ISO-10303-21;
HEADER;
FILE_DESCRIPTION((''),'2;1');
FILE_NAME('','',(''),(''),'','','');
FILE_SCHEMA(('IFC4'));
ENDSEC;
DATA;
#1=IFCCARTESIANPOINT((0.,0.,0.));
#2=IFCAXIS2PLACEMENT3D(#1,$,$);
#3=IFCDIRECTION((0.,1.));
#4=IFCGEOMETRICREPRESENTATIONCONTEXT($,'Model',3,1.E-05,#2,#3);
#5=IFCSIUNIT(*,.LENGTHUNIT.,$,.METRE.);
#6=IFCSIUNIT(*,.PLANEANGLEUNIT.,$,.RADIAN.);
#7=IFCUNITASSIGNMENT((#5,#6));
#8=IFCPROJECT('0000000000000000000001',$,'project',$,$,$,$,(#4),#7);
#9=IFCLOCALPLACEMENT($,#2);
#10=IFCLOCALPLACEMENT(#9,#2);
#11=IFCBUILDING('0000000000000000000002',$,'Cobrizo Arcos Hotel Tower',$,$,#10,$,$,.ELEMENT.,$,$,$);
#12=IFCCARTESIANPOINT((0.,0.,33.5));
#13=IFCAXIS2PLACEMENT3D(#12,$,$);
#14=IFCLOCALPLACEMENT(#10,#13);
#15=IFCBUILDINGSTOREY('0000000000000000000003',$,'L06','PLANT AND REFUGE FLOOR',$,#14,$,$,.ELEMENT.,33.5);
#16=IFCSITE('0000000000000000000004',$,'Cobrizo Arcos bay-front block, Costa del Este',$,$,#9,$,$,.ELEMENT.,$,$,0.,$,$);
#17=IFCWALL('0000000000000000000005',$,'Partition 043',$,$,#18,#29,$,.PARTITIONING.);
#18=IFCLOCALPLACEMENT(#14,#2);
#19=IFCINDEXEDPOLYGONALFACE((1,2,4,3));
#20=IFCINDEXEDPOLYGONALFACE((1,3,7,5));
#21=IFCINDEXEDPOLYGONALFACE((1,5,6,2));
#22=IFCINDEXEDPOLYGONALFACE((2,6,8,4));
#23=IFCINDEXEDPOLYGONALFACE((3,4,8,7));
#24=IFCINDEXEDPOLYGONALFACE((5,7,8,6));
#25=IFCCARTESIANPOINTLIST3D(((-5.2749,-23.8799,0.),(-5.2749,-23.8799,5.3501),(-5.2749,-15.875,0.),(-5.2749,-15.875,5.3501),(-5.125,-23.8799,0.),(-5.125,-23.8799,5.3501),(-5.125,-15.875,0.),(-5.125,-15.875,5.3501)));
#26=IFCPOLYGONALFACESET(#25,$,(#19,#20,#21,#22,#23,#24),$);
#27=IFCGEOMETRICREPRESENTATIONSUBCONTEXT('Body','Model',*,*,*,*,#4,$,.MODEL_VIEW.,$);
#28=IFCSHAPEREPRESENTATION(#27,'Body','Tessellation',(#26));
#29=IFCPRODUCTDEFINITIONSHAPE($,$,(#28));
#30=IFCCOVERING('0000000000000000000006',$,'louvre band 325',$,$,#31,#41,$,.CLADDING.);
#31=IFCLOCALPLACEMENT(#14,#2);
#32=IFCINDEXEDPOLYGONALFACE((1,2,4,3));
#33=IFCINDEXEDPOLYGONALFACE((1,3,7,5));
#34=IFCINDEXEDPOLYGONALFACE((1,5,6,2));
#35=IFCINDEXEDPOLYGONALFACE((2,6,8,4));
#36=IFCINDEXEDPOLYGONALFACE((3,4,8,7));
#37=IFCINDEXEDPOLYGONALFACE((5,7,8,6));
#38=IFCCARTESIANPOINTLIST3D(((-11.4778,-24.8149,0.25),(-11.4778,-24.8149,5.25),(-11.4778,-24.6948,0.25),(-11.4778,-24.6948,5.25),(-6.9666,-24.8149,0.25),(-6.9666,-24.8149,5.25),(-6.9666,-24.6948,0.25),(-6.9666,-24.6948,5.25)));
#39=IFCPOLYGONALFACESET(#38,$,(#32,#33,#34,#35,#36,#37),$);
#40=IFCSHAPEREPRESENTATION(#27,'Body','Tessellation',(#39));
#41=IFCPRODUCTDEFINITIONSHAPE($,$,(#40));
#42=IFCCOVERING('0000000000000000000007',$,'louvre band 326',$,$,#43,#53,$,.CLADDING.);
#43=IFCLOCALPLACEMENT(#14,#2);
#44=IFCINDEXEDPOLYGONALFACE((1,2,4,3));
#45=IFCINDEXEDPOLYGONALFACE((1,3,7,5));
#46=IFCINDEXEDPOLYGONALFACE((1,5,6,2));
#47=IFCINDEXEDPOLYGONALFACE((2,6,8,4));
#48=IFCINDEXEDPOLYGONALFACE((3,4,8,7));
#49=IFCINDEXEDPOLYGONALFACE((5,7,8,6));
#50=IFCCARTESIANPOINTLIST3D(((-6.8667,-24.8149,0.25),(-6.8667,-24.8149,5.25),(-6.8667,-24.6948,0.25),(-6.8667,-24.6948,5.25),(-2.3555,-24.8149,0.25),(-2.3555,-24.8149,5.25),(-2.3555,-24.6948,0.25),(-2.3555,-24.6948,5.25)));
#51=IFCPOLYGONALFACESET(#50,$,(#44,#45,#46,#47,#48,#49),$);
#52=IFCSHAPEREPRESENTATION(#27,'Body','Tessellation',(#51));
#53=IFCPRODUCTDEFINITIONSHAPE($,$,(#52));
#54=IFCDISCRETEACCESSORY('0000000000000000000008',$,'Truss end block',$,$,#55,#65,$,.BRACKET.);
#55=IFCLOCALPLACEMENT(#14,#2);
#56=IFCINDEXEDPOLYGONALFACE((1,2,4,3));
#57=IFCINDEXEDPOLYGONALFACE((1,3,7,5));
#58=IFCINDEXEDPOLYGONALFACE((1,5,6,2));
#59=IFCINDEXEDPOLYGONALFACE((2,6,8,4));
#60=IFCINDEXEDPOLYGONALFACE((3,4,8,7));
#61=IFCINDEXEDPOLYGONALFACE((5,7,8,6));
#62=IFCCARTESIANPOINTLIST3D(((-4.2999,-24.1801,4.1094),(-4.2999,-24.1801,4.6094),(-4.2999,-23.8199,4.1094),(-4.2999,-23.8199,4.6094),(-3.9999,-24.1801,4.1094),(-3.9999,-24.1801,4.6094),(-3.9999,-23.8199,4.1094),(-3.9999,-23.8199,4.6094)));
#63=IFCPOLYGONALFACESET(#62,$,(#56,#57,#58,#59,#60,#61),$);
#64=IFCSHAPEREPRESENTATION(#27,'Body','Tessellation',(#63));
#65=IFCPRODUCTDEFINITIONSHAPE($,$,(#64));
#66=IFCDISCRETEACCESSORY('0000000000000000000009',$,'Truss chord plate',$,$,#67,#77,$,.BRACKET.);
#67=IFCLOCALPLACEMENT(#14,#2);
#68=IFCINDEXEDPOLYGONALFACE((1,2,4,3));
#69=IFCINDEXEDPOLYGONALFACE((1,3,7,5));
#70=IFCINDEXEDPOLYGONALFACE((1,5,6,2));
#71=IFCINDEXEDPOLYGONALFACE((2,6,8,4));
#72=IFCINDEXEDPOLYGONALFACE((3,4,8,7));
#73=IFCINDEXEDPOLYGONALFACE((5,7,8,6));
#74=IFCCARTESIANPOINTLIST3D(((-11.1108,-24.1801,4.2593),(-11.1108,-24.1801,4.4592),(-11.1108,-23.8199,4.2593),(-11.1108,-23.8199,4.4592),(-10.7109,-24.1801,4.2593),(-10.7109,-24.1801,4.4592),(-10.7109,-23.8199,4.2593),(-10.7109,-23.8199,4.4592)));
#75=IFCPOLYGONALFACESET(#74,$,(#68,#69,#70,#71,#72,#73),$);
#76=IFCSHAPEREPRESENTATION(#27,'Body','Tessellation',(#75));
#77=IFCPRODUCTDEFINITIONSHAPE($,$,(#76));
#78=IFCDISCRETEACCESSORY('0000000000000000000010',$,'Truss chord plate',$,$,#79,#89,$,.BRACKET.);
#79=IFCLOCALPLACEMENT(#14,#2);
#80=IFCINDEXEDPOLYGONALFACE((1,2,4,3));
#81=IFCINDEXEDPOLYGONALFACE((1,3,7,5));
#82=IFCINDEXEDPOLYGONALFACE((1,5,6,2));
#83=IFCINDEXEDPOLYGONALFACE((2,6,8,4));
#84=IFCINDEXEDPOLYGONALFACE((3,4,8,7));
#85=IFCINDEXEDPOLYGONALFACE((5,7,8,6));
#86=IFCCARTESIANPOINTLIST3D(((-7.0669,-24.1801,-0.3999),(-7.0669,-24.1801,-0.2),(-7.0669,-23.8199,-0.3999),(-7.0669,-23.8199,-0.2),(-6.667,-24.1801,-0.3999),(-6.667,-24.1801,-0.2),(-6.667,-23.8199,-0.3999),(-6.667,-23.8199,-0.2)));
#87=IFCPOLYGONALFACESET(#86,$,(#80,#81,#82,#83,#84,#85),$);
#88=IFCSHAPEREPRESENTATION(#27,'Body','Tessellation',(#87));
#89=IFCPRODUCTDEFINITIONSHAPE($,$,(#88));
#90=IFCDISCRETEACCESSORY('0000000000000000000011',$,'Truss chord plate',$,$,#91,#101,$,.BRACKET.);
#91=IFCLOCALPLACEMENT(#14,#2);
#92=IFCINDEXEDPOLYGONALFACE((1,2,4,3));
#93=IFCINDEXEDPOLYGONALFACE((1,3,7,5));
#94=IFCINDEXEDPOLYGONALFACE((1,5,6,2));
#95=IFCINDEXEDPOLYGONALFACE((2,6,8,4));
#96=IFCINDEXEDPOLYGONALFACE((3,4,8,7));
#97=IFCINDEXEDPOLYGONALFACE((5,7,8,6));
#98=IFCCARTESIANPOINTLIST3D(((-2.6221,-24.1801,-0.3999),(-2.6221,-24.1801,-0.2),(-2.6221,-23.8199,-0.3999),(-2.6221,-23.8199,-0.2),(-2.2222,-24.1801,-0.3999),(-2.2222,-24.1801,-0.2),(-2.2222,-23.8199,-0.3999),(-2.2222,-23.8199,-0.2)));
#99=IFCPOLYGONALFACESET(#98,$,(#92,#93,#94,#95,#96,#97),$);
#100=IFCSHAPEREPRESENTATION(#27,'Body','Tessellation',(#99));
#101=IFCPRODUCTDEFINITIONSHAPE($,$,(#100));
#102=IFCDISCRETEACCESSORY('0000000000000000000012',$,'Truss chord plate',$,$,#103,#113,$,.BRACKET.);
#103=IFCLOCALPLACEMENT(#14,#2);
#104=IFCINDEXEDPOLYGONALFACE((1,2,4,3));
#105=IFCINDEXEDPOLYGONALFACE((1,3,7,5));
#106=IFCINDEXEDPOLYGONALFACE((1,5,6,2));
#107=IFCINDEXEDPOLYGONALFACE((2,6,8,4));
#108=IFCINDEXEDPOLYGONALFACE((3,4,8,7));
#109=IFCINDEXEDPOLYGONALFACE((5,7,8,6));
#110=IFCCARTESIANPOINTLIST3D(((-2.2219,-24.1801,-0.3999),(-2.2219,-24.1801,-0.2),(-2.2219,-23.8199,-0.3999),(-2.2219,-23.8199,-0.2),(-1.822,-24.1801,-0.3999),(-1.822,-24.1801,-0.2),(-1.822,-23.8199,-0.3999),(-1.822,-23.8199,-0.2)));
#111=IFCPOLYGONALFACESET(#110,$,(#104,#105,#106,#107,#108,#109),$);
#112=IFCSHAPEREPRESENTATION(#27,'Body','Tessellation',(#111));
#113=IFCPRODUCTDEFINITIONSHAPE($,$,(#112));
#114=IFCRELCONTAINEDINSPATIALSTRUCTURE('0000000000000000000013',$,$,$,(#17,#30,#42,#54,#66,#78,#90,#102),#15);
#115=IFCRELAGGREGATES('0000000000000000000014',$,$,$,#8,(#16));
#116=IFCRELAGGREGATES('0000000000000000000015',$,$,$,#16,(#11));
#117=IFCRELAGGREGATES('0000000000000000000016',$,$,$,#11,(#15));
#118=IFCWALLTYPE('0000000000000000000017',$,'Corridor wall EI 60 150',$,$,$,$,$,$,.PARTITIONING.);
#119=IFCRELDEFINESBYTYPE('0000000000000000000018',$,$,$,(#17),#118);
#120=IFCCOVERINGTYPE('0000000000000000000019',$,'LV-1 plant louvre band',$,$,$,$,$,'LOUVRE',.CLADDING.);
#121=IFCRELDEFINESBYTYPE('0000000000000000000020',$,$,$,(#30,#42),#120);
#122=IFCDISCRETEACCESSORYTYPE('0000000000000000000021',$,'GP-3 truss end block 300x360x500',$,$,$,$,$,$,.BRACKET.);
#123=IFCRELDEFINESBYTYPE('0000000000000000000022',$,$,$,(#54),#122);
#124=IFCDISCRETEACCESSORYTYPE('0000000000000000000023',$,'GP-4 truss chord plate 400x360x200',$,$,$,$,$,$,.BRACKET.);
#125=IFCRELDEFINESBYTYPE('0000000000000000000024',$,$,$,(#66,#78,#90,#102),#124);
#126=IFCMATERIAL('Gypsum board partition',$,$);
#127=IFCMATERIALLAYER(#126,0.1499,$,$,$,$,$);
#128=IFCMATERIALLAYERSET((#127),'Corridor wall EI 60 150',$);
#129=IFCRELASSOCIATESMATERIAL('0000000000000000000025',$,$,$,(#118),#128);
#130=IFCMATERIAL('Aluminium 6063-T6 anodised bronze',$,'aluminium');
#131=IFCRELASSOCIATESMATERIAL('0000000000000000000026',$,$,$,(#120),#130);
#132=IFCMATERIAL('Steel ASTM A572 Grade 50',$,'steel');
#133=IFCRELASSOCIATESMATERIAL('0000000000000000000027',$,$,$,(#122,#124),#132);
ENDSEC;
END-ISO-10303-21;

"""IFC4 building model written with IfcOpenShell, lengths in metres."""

from ifc_helpers import new_model, si_unit, direction, frame, frame_2d, origin, origin_2d, place, context, subcontext, project, spatial, rectangle, extrude, material, layer, layer_set, type_object, element, save


model = new_model("IFC4")

# Units and contexts
model_context = context("Model", 3, precision=1e-05, world=origin(), true_north=direction((0.0, 1.0)))
body_context = subcontext(model_context, "Body", "Model", "MODEL_VIEW")
ifc_project = project(units=[si_unit("LENGTHUNIT", "METRE"), si_unit("PLANEANGLEUNIT", "RADIAN")], contexts=[model_context])

# Site, building, storey
site_placement = place(None, origin())
site = spatial("IfcSite", under=ifc_project, at=site_placement, Name="Cobrizo Arcos bay-front block, Costa del Este", CompositionType="ELEMENT", RefElevation=0.0)
building_placement = place(site_placement, origin())
building = spatial("IfcBuilding", under=site, at=building_placement, Name="Cobrizo Arcos Hotel Tower", CompositionType="ELEMENT")
storey_placement = place(building_placement, frame((0.0, 0.0, 33.5)))
storey = spatial("IfcBuildingStorey", under=building, at=storey_placement, Name="L06", Description="PLANT AND REFUGE FLOOR", CompositionType="ELEMENT", Elevation=33.5)

# Shared definitions
ifc_material_1 = material(Name="Steel ASTM A572 Grade 50", Category="steel")

# Shared definitions
ifc_material_2 = material(Name="Aluminium 6063-T6 anodised bronze", Category="aluminium")

# Wall
ifc_material_3 = material(Name="Gypsum board partition")
ifc_layer_1 = layer(ifc_material_3, 0.1499)
ifc_layer_set_1 = layer_set([ifc_layer_1], Name="Corridor wall EI 60 150")
wall_type = type_object("IfcWallType", Name="Corridor wall EI 60 150", PredefinedType="PARTITIONING", material=ifc_layer_set_1)
wall_placement = place(storey_placement, frame((-5.2, -23.8799, 0.0), z_axis=(0.0, 0.0, 1.0), x_axis=(0.0, 1.0, 0.0)))
element("IfcWall", 1, at=wall_placement, inside=storey, type_object=wall_type, Name="Partition 043", PredefinedType="PARTITIONING", context=body_context, shape_type="SweptSolid", body=[
    extrude(rectangle(XDim=8.0049, YDim=0.1499, at=frame_2d((4.0024, 0.0))), origin(), (0.0, 0.0, 1.0), 5.3501),
])

# Coverings
covering_type = type_object("IfcCoveringType", Name="LV-1 plant louvre band", ElementType="LOUVRE", PredefinedType="CLADDING", material=ifc_material_2)
for number, where, z_axis, x_axis, name in (
    (2, (-9.2222, -24.7549, 0.25), (0.0, 0.0, 1.0), (1.0, 0.0, 0.0), "louvre band 325"),
    (3, (-4.6111, -24.7549, 0.25), (0.0, 0.0, 1.0), (1.0, 0.0, 0.0), "louvre band 326"),
):
    element("IfcCovering", number, at=place(storey_placement, frame(where, z_axis=z_axis, x_axis=x_axis)), inside=storey, type_object=covering_type, Name=name, PredefinedType="CLADDING", context=body_context, shape_type="SweptSolid", body=[
        extrude(rectangle(XDim=4.5112, YDim=0.1201, at=origin_2d()), origin(), (0.0, 0.0, 1.0), 5.0),
    ])

# Discrete accessories
discrete_accessory_type_1 = type_object("IfcDiscreteAccessoryType", Name="GP-3 truss end block 300x360x500", PredefinedType="BRACKET", material=ifc_material_1)
discrete_accessory_placement = place(storey_placement, frame((-4.1499, -24.0, 4.1094), z_axis=(0.0, 0.0, 1.0), x_axis=(1.0, 0.0, 0.0)))
element("IfcDiscreteAccessory", 4, at=discrete_accessory_placement, inside=storey, type_object=discrete_accessory_type_1, Name="Truss end block", PredefinedType="BRACKET", context=body_context, shape_type="SweptSolid", body=[
    extrude(rectangle(XDim=0.3, YDim=0.3601, at=origin_2d()), origin(), (0.0, 0.0, 1.0), 0.5),
])
discrete_accessory_type_2 = type_object("IfcDiscreteAccessoryType", Name="GP-4 truss chord plate 400x360x200", PredefinedType="BRACKET", material=ifc_material_1)
for number, where, z_axis, x_axis, name in (
    (5, (-10.9109, -24.0, 4.2593), (0.0, 0.0, 1.0), (1.0, 0.0, 0.0), "Truss chord plate"),
    (6, (-6.8669, -24.0, -0.3999), (0.0, 0.0, 1.0), (1.0, 0.0, 0.0), "Truss chord plate"),
    (7, (-2.4221, -24.0, -0.3999), (0.0, 0.0, 1.0), (1.0, 0.0, 0.0), "Truss chord plate"),
    (8, (-2.022, -24.0, -0.3999), (0.0, 0.0, 1.0), (1.0, 0.0, 0.0), "Truss chord plate"),
):
    element("IfcDiscreteAccessory", number, at=place(storey_placement, frame(where, z_axis=z_axis, x_axis=x_axis)), inside=storey, type_object=discrete_accessory_type_2, Name=name, PredefinedType="BRACKET", context=body_context, shape_type="SweptSolid", body=[
        extrude(rectangle(XDim=0.3999, YDim=0.3601, at=origin_2d()), origin(), (0.0, 0.0, 1.0), 0.2),
    ])

save(model, "model.ifc")
